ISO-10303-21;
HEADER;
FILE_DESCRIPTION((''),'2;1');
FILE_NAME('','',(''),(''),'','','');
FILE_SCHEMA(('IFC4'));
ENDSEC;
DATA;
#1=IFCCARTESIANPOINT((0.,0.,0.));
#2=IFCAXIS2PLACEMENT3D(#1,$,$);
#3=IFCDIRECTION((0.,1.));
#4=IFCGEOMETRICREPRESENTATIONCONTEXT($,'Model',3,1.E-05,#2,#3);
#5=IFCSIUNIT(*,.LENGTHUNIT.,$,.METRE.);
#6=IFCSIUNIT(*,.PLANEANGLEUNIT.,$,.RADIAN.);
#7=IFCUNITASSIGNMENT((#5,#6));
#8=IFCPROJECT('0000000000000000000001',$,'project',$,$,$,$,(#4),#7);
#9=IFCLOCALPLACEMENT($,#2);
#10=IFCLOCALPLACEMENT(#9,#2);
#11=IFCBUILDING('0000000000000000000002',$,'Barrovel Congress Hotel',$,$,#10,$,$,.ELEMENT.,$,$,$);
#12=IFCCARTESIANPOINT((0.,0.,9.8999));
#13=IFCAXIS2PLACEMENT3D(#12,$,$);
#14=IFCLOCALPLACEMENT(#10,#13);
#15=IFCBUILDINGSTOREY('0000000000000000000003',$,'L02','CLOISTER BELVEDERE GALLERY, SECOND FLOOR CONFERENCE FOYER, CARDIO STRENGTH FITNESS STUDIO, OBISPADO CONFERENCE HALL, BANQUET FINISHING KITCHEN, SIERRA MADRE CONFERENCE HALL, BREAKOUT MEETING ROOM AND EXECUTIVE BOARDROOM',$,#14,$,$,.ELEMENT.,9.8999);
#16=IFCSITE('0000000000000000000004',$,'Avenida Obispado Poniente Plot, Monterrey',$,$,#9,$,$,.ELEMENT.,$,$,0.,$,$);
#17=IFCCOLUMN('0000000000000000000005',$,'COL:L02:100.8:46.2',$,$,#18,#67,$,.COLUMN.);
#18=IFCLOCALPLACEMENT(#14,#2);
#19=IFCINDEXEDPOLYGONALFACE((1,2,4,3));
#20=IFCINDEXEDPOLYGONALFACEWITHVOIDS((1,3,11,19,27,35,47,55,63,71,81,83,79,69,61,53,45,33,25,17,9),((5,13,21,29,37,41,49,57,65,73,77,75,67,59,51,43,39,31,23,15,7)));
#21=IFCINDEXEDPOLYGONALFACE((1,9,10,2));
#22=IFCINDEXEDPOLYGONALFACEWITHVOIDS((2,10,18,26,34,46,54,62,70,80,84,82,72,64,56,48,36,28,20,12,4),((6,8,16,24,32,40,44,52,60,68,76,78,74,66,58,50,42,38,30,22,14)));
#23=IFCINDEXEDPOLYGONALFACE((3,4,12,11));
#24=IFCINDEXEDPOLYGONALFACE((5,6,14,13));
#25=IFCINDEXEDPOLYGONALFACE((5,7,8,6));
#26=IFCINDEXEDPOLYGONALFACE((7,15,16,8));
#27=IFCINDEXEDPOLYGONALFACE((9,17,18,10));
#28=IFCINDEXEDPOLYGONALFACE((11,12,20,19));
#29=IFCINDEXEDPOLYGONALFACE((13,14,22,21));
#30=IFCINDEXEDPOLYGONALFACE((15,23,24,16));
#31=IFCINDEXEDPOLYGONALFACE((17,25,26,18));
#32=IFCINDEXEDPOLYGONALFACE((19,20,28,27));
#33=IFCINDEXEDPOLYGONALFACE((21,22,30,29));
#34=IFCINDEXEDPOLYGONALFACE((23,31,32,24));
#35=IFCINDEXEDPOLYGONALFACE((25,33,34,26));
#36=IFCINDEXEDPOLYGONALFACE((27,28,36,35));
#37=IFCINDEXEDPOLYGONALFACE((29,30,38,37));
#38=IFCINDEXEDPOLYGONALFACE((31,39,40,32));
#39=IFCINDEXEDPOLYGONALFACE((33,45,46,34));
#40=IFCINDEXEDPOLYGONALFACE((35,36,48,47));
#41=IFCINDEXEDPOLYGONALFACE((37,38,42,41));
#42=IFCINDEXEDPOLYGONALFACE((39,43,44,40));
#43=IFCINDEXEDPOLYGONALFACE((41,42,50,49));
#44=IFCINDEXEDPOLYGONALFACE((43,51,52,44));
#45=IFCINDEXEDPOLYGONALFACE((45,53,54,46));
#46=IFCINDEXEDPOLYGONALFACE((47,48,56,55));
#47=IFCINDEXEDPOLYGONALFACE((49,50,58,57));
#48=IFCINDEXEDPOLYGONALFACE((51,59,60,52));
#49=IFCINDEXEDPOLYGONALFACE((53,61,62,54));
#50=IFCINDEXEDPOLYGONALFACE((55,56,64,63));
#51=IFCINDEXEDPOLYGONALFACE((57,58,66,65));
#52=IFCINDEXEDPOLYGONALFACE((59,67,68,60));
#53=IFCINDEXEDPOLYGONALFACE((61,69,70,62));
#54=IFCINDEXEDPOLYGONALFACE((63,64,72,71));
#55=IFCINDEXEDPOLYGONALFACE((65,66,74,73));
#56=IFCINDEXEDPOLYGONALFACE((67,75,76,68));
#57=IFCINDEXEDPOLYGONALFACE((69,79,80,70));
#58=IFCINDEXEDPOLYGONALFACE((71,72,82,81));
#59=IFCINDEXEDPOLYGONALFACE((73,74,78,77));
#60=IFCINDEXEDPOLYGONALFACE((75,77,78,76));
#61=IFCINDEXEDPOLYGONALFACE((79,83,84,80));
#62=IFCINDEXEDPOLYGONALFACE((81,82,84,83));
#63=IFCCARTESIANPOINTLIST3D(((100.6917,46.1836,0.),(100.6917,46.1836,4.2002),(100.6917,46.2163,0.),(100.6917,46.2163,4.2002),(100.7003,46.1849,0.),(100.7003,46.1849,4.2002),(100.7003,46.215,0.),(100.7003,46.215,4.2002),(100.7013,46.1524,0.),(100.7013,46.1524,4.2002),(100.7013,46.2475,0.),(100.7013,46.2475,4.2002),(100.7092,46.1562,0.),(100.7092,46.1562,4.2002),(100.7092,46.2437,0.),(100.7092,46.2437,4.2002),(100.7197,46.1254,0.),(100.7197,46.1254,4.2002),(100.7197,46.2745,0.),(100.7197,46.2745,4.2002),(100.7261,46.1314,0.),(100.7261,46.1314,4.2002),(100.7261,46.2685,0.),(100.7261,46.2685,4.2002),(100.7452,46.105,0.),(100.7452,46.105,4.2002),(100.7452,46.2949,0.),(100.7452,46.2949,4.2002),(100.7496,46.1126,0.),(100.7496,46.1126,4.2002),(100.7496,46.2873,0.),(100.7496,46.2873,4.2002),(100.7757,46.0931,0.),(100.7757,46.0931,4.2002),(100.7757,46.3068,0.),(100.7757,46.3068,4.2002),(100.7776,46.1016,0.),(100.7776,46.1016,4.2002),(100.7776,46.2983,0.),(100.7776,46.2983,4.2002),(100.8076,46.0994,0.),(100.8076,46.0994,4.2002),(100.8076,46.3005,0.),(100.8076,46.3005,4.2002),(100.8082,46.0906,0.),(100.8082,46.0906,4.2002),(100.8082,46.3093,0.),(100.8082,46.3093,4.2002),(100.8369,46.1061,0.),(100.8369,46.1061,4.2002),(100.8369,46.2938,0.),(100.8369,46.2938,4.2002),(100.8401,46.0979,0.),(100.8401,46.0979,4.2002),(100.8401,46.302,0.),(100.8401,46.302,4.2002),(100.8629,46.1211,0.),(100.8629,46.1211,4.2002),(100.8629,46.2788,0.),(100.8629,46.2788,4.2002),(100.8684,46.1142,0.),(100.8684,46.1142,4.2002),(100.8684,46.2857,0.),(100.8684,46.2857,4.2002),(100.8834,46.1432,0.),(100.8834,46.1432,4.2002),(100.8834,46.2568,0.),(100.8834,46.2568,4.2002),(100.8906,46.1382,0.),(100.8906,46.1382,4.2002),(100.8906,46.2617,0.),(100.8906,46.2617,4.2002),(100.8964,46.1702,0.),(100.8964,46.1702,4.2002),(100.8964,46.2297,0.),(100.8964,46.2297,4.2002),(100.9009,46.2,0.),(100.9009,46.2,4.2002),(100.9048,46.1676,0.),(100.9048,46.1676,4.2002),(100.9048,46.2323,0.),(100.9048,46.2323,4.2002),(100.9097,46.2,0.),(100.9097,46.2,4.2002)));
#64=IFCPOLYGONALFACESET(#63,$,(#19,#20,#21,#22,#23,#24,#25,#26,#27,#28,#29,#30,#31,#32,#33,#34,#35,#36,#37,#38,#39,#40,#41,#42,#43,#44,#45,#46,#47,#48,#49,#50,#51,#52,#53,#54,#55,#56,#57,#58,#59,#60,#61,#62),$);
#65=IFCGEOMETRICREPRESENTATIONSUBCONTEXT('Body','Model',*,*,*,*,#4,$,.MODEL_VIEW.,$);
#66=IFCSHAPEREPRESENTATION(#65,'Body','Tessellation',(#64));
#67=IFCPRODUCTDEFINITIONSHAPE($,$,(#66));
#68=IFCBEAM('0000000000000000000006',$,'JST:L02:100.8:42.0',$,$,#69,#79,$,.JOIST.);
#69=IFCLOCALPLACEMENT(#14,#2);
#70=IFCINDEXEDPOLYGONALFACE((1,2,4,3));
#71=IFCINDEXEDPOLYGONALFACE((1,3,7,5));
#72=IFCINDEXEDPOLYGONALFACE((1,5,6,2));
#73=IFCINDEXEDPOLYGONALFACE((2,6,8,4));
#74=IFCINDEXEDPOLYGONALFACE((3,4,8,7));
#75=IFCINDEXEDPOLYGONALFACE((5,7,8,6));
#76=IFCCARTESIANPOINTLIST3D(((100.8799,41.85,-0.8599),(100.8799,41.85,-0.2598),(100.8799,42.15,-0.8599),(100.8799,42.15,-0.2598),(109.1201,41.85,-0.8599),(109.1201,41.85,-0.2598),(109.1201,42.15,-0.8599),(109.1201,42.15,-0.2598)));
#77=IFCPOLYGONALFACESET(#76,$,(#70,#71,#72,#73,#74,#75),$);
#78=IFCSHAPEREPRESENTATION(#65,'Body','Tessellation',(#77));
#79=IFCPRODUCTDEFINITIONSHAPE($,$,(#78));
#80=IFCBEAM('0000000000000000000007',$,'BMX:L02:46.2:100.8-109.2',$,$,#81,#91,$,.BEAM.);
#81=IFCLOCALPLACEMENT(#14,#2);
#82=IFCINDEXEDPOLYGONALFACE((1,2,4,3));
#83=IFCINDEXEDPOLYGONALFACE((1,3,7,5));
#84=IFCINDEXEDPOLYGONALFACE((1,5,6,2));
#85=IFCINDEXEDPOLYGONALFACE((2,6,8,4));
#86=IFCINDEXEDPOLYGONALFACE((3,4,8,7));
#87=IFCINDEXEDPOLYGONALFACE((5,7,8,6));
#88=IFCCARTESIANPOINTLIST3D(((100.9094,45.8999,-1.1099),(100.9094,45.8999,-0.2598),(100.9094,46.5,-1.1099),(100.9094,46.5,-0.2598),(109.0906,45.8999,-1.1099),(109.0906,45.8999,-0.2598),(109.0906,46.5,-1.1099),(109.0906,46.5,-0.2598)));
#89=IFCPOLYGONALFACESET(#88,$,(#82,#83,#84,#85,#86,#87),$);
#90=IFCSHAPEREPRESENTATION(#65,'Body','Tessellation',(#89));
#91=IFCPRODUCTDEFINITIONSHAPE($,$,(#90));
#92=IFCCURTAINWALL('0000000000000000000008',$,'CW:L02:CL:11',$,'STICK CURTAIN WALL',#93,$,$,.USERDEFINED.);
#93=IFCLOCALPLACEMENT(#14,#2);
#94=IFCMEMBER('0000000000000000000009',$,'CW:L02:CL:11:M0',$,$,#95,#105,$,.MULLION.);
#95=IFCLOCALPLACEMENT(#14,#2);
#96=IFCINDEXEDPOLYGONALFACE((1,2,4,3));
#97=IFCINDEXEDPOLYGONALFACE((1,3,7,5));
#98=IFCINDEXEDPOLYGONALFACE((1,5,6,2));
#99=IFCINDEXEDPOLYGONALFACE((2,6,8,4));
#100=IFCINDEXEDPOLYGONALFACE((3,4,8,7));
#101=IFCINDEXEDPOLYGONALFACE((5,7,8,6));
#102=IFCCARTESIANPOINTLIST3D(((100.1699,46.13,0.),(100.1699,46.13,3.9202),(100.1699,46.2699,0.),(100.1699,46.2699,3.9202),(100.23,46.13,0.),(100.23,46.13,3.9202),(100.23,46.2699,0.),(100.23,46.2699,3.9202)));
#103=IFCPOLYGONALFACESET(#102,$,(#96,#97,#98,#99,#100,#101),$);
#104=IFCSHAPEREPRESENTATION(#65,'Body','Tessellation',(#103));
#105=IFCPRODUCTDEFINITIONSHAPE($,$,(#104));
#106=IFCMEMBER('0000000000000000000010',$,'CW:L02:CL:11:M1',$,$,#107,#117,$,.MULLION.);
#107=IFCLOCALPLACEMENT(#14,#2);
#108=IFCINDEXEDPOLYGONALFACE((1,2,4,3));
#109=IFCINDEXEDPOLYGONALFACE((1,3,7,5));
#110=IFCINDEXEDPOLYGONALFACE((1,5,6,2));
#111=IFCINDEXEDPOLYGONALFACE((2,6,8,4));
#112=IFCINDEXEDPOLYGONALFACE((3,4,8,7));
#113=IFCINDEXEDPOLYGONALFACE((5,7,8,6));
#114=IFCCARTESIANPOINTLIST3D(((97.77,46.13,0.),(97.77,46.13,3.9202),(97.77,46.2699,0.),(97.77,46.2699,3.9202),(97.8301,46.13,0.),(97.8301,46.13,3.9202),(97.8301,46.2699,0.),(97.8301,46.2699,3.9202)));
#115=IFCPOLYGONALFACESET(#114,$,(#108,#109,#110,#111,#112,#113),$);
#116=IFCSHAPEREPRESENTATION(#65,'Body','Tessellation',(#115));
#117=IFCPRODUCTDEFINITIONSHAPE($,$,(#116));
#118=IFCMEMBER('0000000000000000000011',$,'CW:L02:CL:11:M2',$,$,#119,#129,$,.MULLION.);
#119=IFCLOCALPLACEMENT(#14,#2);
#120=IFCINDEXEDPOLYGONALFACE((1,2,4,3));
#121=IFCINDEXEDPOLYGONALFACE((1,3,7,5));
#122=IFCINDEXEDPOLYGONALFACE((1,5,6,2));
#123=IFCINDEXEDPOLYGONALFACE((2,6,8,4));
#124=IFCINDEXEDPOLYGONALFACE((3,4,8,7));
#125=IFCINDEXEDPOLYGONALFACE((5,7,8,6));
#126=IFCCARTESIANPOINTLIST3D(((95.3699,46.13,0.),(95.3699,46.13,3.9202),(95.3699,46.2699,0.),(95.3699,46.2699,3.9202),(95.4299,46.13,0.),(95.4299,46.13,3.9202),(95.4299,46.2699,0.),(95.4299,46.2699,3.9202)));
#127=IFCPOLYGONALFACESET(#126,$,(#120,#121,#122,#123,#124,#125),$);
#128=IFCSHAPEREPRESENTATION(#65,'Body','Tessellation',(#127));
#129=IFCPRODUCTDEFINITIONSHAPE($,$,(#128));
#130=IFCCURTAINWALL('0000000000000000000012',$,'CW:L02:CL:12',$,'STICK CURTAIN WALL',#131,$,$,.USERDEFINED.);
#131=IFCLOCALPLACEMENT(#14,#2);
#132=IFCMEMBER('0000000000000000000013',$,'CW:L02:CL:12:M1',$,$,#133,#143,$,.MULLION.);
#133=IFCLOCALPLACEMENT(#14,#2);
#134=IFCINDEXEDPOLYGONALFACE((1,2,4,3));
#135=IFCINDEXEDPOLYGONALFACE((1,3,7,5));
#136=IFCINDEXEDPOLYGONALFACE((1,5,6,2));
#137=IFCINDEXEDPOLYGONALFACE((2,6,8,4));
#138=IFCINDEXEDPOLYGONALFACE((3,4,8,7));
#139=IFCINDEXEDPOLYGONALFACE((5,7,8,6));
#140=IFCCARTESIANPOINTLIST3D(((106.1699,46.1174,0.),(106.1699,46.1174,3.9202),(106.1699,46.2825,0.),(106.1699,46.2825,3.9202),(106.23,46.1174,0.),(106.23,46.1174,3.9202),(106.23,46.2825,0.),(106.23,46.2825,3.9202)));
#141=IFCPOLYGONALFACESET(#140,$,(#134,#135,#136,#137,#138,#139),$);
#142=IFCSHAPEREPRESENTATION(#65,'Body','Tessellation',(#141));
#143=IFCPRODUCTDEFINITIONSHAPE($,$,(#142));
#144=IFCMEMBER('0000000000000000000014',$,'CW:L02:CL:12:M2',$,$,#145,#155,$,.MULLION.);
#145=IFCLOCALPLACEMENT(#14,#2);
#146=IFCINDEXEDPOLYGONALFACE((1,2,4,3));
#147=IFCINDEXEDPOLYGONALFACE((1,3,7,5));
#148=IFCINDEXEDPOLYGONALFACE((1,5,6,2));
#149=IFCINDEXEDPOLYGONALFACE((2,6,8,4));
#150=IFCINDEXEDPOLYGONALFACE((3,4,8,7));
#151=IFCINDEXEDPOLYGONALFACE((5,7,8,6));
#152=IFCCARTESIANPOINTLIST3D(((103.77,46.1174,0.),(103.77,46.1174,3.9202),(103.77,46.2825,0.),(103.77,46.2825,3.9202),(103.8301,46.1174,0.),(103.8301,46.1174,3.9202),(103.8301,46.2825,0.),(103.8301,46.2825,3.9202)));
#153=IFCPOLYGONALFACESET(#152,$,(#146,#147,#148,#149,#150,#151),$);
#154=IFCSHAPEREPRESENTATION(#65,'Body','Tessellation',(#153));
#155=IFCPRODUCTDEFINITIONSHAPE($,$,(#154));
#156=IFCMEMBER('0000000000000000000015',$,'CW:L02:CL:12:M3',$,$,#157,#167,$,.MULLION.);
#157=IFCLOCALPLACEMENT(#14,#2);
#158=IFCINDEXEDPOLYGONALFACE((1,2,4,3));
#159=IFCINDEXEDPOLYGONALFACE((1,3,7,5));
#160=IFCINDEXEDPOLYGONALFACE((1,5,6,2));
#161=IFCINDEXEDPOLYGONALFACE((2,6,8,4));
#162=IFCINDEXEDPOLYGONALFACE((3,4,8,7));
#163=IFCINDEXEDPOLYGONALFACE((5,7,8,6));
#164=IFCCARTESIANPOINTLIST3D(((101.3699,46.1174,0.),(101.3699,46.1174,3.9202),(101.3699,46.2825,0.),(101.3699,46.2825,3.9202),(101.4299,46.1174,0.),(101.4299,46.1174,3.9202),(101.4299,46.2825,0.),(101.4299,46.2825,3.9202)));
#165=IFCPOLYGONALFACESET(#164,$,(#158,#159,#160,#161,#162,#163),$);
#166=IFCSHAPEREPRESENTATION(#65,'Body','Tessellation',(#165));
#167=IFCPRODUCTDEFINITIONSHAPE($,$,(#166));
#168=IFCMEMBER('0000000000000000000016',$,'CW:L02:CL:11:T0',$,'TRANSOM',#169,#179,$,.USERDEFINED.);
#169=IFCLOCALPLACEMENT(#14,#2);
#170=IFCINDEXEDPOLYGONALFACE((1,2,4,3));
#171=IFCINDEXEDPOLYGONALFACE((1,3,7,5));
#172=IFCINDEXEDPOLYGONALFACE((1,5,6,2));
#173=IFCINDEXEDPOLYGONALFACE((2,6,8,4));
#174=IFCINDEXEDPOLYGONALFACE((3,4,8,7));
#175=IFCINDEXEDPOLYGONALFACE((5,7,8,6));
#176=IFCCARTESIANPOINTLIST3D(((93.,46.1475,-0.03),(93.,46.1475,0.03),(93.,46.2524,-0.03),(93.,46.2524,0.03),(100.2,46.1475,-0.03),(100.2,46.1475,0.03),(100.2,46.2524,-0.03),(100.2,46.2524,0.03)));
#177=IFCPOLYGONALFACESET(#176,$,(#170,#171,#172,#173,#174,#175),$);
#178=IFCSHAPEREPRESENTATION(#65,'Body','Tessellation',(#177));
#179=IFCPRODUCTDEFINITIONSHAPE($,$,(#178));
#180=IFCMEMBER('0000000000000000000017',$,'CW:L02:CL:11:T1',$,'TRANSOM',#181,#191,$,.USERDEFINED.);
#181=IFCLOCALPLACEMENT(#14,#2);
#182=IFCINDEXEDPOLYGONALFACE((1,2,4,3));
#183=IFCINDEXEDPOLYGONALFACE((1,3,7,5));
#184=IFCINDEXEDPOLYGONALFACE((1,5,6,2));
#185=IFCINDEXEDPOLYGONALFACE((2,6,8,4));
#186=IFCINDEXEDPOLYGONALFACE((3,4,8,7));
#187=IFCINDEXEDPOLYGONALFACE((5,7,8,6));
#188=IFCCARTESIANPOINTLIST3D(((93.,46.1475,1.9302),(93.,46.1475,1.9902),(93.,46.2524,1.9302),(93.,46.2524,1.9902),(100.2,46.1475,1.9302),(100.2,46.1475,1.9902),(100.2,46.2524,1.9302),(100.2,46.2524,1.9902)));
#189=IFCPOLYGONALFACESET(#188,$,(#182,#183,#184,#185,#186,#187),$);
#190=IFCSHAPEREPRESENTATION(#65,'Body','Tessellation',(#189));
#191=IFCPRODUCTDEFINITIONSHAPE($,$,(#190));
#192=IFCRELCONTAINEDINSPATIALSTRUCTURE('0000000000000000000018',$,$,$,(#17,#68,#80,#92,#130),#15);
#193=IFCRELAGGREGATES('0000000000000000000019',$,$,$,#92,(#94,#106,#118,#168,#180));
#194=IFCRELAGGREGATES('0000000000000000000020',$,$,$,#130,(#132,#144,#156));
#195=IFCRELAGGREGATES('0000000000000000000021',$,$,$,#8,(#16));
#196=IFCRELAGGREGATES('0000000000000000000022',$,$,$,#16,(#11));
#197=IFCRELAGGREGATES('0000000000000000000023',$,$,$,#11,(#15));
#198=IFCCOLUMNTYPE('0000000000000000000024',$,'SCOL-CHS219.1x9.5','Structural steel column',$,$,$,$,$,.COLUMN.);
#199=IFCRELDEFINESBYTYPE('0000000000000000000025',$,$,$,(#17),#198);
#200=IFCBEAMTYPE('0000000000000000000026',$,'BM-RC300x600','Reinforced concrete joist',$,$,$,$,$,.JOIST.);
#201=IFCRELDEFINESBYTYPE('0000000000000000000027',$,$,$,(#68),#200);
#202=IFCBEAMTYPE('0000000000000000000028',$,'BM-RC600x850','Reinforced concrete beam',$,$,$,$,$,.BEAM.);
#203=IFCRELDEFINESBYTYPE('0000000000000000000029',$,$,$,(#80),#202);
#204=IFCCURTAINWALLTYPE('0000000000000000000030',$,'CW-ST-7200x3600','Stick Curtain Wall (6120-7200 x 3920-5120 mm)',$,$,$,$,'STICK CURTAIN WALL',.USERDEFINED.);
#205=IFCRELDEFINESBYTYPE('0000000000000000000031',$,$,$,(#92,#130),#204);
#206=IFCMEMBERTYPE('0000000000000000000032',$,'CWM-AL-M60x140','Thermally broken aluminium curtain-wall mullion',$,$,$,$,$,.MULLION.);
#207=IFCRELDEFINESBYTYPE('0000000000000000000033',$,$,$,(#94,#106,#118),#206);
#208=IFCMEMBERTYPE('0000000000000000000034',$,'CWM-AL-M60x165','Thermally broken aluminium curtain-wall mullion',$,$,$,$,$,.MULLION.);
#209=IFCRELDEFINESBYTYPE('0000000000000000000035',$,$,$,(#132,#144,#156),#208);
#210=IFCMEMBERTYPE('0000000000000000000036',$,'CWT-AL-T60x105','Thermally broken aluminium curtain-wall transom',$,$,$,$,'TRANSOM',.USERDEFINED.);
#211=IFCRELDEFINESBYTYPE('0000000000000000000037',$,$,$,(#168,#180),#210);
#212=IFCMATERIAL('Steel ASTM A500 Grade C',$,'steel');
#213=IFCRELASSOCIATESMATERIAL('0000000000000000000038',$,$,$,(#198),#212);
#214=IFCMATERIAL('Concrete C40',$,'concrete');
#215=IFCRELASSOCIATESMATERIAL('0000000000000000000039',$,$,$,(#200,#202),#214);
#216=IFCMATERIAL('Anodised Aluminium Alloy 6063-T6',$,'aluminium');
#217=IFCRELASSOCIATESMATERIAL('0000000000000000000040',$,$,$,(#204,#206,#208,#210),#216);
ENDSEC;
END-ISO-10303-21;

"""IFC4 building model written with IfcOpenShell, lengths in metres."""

from ifc_helpers import new_model, si_unit, direction, frame, origin, origin_2d, place, context, subcontext, project, spatial, rectangle, hollow_circle, extrude, material, material_profile, profile_set, type_object, element, aggregate, save


model = new_model("IFC4")

# Units and contexts
model_context = context("Model", 3, precision=1e-05, world=origin(), true_north=direction((0.0, 1.0)))
body_context = subcontext(model_context, "Body", "Model", "MODEL_VIEW")
ifc_project = project(units=[si_unit("LENGTHUNIT", "METRE"), si_unit("PLANEANGLEUNIT", "RADIAN")], contexts=[model_context])

# Site, building, storey
site_placement = place(None, origin())
site = spatial("IfcSite", under=ifc_project, at=site_placement, Name="Avenida Obispado Poniente Plot, Monterrey", CompositionType="ELEMENT", RefElevation=0.0)
building_placement = place(site_placement, origin())
building = spatial("IfcBuilding", under=site, at=building_placement, Name="Barrovel Congress Hotel", CompositionType="ELEMENT")
storey_placement = place(building_placement, frame((0.0, 0.0, 9.8999)))
storey = spatial("IfcBuildingStorey", under=building, at=storey_placement, Name="L02", Description="CLOISTER BELVEDERE GALLERY, SECOND FLOOR CONFERENCE FOYER, CARDIO STRENGTH FITNESS STUDIO, OBISPADO CONFERENCE HALL, BANQUET FINISHING KITCHEN, SIERRA MADRE CONFERENCE HALL, BREAKOUT MEETING ROOM AND EXECUTIVE BOARDROOM", CompositionType="ELEMENT", Elevation=9.8999)

# Column
ifc_material_1 = material(Name="Steel ASTM A500 Grade C", Category="steel")
ifc_material_profile_1 = material_profile(ifc_material_1, hollow_circle(Radius=0.1096, WallThickness=0.0088, at=origin_2d()), Name="CHS219.1x9.5")
ifc_profile_set_1 = profile_set([ifc_material_profile_1], Name="Steel ASTM A500 Grade C")
column_type = type_object("IfcColumnType", Name="SCOL-CHS219.1x9.5", Description="Structural steel column", PredefinedType="COLUMN", material=ifc_profile_set_1)
column_placement = place(storey_placement, frame((100.8, 46.2, 0.0), z_axis=(0.0, 0.0, 1.0), x_axis=(1.0, 0.0, 0.0)))
element("IfcColumn", 1, at=column_placement, inside=storey, type_object=column_type, Name="COL:L02:100.8:46.2", PredefinedType="COLUMN", context=body_context, shape_type="SweptSolid", body=[
    extrude(hollow_circle(Radius=0.1096, WallThickness=0.0088, at=origin_2d()), origin(), (0.0, 0.0, 1.0), 4.2002),
])

# Beams
ifc_material_2 = material(Name="Concrete C40", Category="concrete")
ifc_material_profile_2 = material_profile(ifc_material_2, rectangle(XDim=0.3, YDim=0.6001, at=origin_2d()), Name="RC300x600")
ifc_profile_set_2 = profile_set([ifc_material_profile_2], Name="Concrete C40")
beam_type_1 = type_object("IfcBeamType", Name="BM-RC300x600", Description="Reinforced concrete joist", PredefinedType="JOIST", material=ifc_profile_set_2)
beam_1_placement = place(storey_placement, frame((100.8799, 42.0, -0.5598), z_axis=(1.0, 0.0, 0.0), x_axis=(0.0, 1.0, 0.0)))
element("IfcBeam", 2, at=beam_1_placement, inside=storey, type_object=beam_type_1, Name="JST:L02:100.8:42.0", PredefinedType="JOIST", context=body_context, shape_type="SweptSolid", body=[
    extrude(rectangle(XDim=0.3, YDim=0.6001, at=origin_2d()), origin(), (0.0, 0.0, 1.0), 8.2402),
])
ifc_material_profile_3 = material_profile(ifc_material_2, rectangle(XDim=0.6001, YDim=0.8501, at=origin_2d()), Name="RC600x850")
ifc_profile_set_3 = profile_set([ifc_material_profile_3], Name="Concrete C40")
beam_type_2 = type_object("IfcBeamType", Name="BM-RC600x850", Description="Reinforced concrete beam", PredefinedType="BEAM", material=ifc_profile_set_3)
beam_2_placement = place(storey_placement, frame((100.9094, 46.2, -0.6848), z_axis=(1.0, 0.0, 0.0), x_axis=(0.0, 1.0, 0.0)))
element("IfcBeam", 3, at=beam_2_placement, inside=storey, type_object=beam_type_2, Name="BMX:L02:46.2:100.8-109.2", PredefinedType="BEAM", context=body_context, shape_type="SweptSolid", body=[
    extrude(rectangle(XDim=0.6001, YDim=0.8501, at=origin_2d()), origin(), (0.0, 0.0, 1.0), 8.1812),
])

# Curtain walls, members
ifc_material_3 = material(Name="Anodised Aluminium Alloy 6063-T6", Category="aluminium")
curtain_wall_type = type_object("IfcCurtainWallType", Name="CW-ST-7200x3600", Description="Stick Curtain Wall (6120-7200 x 3920-5120 mm)", ElementType="STICK CURTAIN WALL", PredefinedType="USERDEFINED", material=ifc_material_3)
curtain_wall_1_placement = place(storey_placement, origin())
curtain_wall_1 = element("IfcCurtainWall", 4, at=curtain_wall_1_placement, inside=storey, type_object=curtain_wall_type, Name="CW:L02:CL:11", ObjectType="STICK CURTAIN WALL", PredefinedType="USERDEFINED")
ifc_material_profile_4 = material_profile(ifc_material_3, rectangle(XDim=0.0601, YDim=0.1399, at=origin_2d()), Name="AL-M60x140")
ifc_profile_set_4 = profile_set([ifc_material_profile_4], Name="Anodised Aluminium Alloy 6063-T6")
member_type_1 = type_object("IfcMemberType", Name="CWM-AL-M60x140", Description="Thermally broken aluminium curtain-wall mullion", PredefinedType="MULLION", material=ifc_profile_set_4)
member_1_placement = place(storey_placement, frame((100.2, 46.2, 0.0), z_axis=(0.0, 0.0, 1.0), x_axis=(1.0, 0.0, 0.0)))
member_1 = element("IfcMember", 5, at=member_1_placement, type_object=member_type_1, Name="CW:L02:CL:11:M0", PredefinedType="MULLION", context=body_context, shape_type="SweptSolid", body=[
    extrude(rectangle(XDim=0.0601, YDim=0.1399, at=origin_2d()), origin(), (0.0, 0.0, 1.0), 3.9202),
])
member_2_placement = place(storey_placement, frame((97.8, 46.2, 0.0), z_axis=(0.0, 0.0, 1.0), x_axis=(1.0, 0.0, 0.0)))
member_2 = element("IfcMember", 6, at=member_2_placement, type_object=member_type_1, Name="CW:L02:CL:11:M1", PredefinedType="MULLION", context=body_context, shape_type="SweptSolid", body=[
    extrude(rectangle(XDim=0.0601, YDim=0.1399, at=origin_2d()), origin(), (0.0, 0.0, 1.0), 3.9202),
])
member_3_placement = place(storey_placement, frame((95.3999, 46.2, 0.0), z_axis=(0.0, 0.0, 1.0), x_axis=(1.0, 0.0, 0.0)))
member_3 = element("IfcMember", 7, at=member_3_placement, type_object=member_type_1, Name="CW:L02:CL:11:M2", PredefinedType="MULLION", context=body_context, shape_type="SweptSolid", body=[
    extrude(rectangle(XDim=0.0601, YDim=0.1399, at=origin_2d()), origin(), (0.0, 0.0, 1.0), 3.9202),
])
curtain_wall_2_placement = place(storey_placement, origin())
curtain_wall_2 = element("IfcCurtainWall", 8, at=curtain_wall_2_placement, inside=storey, type_object=curtain_wall_type, Name="CW:L02:CL:12", ObjectType="STICK CURTAIN WALL", PredefinedType="USERDEFINED")
ifc_material_profile_5 = material_profile(ifc_material_3, rectangle(XDim=0.0601, YDim=0.165, at=origin_2d()), Name="AL-M60x165")
ifc_profile_set_5 = profile_set([ifc_material_profile_5], Name="Anodised Aluminium Alloy 6063-T6")
member_type_2 = type_object("IfcMemberType", Name="CWM-AL-M60x165", Description="Thermally broken aluminium curtain-wall mullion", PredefinedType="MULLION", material=ifc_profile_set_5)
member_4_placement = place(storey_placement, frame((106.2, 46.2, 0.0), z_axis=(0.0, 0.0, 1.0), x_axis=(1.0, 0.0, 0.0)))
member_4 = element("IfcMember", 9, at=member_4_placement, type_object=member_type_2, Name="CW:L02:CL:12:M1", PredefinedType="MULLION", context=body_context, shape_type="SweptSolid", body=[
    extrude(rectangle(XDim=0.0601, YDim=0.165, at=origin_2d()), origin(), (0.0, 0.0, 1.0), 3.9202),
])
member_5_placement = place(storey_placement, frame((103.8, 46.2, 0.0), z_axis=(0.0, 0.0, 1.0), x_axis=(1.0, 0.0, 0.0)))
member_5 = element("IfcMember", 10, at=member_5_placement, type_object=member_type_2, Name="CW:L02:CL:12:M2", PredefinedType="MULLION", context=body_context, shape_type="SweptSolid", body=[
    extrude(rectangle(XDim=0.0601, YDim=0.165, at=origin_2d()), origin(), (0.0, 0.0, 1.0), 3.9202),
])
member_6_placement = place(storey_placement, frame((101.3999, 46.2, 0.0), z_axis=(0.0, 0.0, 1.0), x_axis=(1.0, 0.0, 0.0)))
member_6 = element("IfcMember", 11, at=member_6_placement, type_object=member_type_2, Name="CW:L02:CL:12:M3", PredefinedType="MULLION", context=body_context, shape_type="SweptSolid", body=[
    extrude(rectangle(XDim=0.0601, YDim=0.165, at=origin_2d()), origin(), (0.0, 0.0, 1.0), 3.9202),
])

# Members
ifc_material_profile_6 = material_profile(ifc_material_3, rectangle(XDim=0.105, YDim=0.0601, at=origin_2d()), Name="AL-T60x105")
ifc_profile_set_6 = profile_set([ifc_material_profile_6], Name="Anodised Aluminium Alloy 6063-T6")
member_type_3 = type_object("IfcMemberType", Name="CWT-AL-T60x105", Description="Thermally broken aluminium curtain-wall transom", ElementType="TRANSOM", PredefinedType="USERDEFINED", material=ifc_profile_set_6)
member_7_placement = place(storey_placement, frame((100.2, 46.2, 0.0), z_axis=(-1.0, 0.0, 0.0), x_axis=(0.0, -1.0, 0.0)))
member_7 = element("IfcMember", 12, at=member_7_placement, type_object=member_type_3, Name="CW:L02:CL:11:T0", ObjectType="TRANSOM", PredefinedType="USERDEFINED", context=body_context, shape_type="SweptSolid", body=[
    extrude(rectangle(XDim=0.105, YDim=0.0601, at=origin_2d()), origin(), (0.0, 0.0, 1.0), 7.2),
])
member_8_placement = place(storey_placement, frame((100.2, 46.2, 1.9602), z_axis=(-1.0, 0.0, 0.0), x_axis=(0.0, -1.0, 0.0)))
member_8 = element("IfcMember", 13, at=member_8_placement, type_object=member_type_3, Name="CW:L02:CL:11:T1", ObjectType="TRANSOM", PredefinedType="USERDEFINED", context=body_context, shape_type="SweptSolid", body=[
    extrude(rectangle(XDim=0.105, YDim=0.0601, at=origin_2d()), origin(), (0.0, 0.0, 1.0), 7.2),
])

aggregate(curtain_wall_1, [member_1, member_2, member_3, member_7, member_8])
aggregate(curtain_wall_2, [member_4, member_5, member_6])

save(model, "model.ifc")
